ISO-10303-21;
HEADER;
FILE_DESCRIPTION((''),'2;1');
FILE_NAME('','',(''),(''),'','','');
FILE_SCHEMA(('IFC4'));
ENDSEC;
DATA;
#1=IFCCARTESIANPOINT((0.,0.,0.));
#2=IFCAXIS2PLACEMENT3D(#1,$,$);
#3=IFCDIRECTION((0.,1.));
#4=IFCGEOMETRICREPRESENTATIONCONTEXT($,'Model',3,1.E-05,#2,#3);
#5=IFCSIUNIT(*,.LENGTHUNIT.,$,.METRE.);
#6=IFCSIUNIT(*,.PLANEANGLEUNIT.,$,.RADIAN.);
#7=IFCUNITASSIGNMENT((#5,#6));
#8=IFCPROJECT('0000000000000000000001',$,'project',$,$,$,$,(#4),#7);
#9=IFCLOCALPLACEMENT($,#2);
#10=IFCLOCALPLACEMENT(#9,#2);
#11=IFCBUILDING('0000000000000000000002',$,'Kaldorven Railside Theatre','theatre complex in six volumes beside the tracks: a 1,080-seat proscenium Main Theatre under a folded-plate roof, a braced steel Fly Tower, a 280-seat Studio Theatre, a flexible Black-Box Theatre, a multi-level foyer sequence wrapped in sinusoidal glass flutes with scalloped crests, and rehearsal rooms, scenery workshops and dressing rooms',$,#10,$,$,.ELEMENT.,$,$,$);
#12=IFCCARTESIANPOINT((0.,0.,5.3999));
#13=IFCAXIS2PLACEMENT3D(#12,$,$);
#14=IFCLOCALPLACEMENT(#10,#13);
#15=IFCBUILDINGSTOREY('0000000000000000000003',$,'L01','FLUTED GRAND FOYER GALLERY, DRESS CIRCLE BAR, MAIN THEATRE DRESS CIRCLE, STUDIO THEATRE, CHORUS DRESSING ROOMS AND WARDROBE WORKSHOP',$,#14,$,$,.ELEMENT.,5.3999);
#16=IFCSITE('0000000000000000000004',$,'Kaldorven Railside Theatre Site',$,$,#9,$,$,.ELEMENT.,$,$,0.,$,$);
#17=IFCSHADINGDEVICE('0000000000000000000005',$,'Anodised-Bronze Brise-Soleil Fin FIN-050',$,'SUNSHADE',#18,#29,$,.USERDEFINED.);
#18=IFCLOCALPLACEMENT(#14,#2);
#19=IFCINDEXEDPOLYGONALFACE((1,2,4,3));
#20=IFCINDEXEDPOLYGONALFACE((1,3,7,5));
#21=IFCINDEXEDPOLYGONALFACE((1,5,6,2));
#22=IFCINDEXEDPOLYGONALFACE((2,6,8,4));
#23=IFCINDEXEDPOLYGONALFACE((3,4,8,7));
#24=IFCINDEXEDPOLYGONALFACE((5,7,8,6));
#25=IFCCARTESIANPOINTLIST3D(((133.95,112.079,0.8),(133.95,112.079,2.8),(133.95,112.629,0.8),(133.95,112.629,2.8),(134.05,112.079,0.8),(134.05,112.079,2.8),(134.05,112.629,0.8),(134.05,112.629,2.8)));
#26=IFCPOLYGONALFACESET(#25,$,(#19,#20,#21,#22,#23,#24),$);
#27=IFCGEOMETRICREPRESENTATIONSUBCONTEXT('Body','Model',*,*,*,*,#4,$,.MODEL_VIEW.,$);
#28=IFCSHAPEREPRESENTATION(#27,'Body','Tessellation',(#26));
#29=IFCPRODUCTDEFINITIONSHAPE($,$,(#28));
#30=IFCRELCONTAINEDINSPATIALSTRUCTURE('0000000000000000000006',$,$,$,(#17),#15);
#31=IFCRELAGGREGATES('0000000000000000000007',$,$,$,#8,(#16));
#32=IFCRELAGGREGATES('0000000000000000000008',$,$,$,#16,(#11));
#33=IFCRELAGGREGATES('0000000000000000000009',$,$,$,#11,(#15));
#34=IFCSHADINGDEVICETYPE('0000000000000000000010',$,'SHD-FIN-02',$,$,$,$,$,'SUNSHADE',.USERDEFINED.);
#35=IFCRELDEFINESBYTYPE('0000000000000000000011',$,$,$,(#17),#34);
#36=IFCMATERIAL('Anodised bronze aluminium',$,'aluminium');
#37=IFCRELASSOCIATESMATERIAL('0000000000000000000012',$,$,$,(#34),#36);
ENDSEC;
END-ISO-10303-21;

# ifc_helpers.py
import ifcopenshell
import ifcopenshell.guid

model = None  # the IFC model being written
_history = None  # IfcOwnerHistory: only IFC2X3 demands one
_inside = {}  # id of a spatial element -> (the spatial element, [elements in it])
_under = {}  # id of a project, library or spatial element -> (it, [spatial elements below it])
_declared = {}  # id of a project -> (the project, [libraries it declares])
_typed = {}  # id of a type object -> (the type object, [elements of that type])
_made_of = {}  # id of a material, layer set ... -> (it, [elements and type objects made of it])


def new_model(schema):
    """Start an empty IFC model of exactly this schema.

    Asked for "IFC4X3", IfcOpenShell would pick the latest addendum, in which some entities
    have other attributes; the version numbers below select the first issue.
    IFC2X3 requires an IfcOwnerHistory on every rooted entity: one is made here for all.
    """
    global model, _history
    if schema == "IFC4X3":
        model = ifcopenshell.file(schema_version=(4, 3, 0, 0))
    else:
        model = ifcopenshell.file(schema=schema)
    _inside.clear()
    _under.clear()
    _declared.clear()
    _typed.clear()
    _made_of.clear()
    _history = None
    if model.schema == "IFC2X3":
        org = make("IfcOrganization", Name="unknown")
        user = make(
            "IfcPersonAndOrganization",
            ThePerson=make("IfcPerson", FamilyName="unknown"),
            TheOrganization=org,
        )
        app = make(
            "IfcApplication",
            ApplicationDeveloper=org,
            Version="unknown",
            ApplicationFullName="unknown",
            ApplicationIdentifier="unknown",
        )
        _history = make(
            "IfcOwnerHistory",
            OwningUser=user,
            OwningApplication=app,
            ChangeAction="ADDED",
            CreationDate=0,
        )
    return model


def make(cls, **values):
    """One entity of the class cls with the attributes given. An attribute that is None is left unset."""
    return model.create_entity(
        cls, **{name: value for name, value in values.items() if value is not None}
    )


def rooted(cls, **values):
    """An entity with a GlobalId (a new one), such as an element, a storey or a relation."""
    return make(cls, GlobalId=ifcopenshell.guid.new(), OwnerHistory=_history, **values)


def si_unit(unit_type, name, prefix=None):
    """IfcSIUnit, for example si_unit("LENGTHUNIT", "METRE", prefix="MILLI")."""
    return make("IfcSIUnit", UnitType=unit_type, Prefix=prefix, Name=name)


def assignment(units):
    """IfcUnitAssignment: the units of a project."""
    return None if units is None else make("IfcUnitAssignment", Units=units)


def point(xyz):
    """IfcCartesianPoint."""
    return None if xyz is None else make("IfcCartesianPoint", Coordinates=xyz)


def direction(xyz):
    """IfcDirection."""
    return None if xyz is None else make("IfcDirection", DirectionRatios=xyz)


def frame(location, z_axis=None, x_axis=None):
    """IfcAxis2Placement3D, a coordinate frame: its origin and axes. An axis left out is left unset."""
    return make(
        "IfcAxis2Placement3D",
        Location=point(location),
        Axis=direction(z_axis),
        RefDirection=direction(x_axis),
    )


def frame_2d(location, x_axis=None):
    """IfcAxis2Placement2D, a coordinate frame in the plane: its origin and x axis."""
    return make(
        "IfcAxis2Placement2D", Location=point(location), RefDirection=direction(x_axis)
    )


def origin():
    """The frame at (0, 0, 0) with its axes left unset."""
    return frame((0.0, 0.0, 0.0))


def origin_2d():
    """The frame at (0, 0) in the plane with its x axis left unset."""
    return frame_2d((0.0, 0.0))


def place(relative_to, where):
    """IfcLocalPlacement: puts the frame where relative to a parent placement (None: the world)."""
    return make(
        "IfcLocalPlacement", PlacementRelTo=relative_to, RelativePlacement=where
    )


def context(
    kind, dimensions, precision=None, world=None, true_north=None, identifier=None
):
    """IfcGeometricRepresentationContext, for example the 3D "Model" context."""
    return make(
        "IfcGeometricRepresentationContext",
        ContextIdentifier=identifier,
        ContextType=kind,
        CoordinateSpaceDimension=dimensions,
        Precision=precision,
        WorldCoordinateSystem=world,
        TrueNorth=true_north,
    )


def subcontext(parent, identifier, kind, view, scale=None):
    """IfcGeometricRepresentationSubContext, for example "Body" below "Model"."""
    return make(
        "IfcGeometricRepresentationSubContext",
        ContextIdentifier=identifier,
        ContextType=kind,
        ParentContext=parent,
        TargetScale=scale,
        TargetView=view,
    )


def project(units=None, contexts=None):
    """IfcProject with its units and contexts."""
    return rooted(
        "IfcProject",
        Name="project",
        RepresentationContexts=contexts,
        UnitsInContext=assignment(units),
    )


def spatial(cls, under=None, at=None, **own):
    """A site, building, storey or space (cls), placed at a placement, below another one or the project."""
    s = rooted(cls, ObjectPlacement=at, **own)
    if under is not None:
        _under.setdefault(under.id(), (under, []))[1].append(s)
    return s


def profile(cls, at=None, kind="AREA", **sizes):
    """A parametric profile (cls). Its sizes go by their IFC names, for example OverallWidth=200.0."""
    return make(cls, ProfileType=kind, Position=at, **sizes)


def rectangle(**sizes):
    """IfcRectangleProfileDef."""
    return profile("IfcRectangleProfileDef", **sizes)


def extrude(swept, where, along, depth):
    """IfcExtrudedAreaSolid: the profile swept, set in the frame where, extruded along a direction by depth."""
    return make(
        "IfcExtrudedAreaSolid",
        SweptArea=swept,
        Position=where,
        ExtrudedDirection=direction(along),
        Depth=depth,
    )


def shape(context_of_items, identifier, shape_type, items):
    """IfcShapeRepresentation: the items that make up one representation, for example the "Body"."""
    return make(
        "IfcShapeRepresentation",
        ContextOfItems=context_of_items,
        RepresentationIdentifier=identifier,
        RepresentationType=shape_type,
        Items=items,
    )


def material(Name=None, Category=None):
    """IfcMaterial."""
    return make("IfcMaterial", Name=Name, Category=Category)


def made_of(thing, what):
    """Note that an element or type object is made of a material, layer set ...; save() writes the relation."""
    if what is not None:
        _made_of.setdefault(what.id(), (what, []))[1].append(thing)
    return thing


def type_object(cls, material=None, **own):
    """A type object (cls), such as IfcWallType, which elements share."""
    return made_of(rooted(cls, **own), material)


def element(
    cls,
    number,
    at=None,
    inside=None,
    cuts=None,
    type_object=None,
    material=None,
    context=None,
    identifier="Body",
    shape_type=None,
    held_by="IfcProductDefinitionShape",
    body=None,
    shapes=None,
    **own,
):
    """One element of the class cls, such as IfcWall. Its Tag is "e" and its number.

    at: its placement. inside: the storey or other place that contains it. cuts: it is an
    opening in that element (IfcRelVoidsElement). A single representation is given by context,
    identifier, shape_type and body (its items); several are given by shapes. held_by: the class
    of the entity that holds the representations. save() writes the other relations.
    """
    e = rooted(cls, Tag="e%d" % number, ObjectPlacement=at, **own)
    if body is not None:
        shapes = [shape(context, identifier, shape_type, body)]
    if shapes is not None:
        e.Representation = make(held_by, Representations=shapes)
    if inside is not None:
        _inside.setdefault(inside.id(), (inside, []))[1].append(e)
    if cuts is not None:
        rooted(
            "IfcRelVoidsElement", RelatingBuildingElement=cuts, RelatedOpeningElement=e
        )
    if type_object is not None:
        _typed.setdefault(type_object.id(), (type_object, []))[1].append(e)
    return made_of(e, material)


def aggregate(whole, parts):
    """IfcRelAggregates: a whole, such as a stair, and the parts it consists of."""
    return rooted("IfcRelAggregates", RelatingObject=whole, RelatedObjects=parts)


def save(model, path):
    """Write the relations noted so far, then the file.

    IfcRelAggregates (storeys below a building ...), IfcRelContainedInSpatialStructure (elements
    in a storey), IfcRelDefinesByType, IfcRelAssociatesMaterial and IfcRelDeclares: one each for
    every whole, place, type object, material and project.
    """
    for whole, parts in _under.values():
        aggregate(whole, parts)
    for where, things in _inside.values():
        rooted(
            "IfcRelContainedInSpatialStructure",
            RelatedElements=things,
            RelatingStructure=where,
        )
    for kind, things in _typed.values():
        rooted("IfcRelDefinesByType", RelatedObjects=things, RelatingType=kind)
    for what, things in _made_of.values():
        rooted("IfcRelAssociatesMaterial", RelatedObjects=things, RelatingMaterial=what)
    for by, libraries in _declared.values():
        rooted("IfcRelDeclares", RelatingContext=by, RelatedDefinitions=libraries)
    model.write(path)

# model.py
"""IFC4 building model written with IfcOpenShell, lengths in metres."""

from ifc_helpers import new_model, si_unit, direction, frame, origin, origin_2d, place, context, subcontext, project, spatial, rectangle, extrude, material, type_object, element, save


model = new_model("IFC4")

# Units and contexts
model_context = context("Model", 3, precision=1e-05, world=origin(), true_north=direction((0.0, 1.0)))
body_context = subcontext(model_context, "Body", "Model", "MODEL_VIEW")
ifc_project = project(units=[si_unit("LENGTHUNIT", "METRE"), si_unit("PLANEANGLEUNIT", "RADIAN")], contexts=[model_context])

# Site, building, storey
site_placement = place(None, origin())
site = spatial("IfcSite", under=ifc_project, at=site_placement, Name="Kaldorven Railside Theatre Site", CompositionType="ELEMENT", RefElevation=0.0)
building_placement = place(site_placement, origin())
building = spatial("IfcBuilding", under=site, at=building_placement, Name="Kaldorven Railside Theatre", Description="theatre complex in six volumes beside the tracks: a 1,080-seat proscenium Main Theatre under a folded-plate roof, a braced steel Fly Tower, a 280-seat Studio Theatre, a flexible Black-Box Theatre, a multi-level foyer sequence wrapped in sinusoidal glass flutes with scalloped crests, and rehearsal rooms, scenery workshops and dressing rooms", CompositionType="ELEMENT")
storey_placement = place(building_placement, frame((0.0, 0.0, 5.3999)))
storey = spatial("IfcBuildingStorey", under=building, at=storey_placement, Name="L01", Description="FLUTED GRAND FOYER GALLERY, DRESS CIRCLE BAR, MAIN THEATRE DRESS CIRCLE, STUDIO THEATRE, CHORUS DRESSING ROOMS AND WARDROBE WORKSHOP", CompositionType="ELEMENT", Elevation=5.3999)

# Shading device
ifc_material_1 = material(Name="Anodised bronze aluminium", Category="aluminium")
shading_device_type_1 = type_object("IfcShadingDeviceType", Name="SHD-FIN-02", ElementType="SUNSHADE", PredefinedType="USERDEFINED", material=ifc_material_1)
shading_device_1_placement = place(storey_placement, frame((134.0, 112.354, 0.8), z_axis=(0.0, 0.0, 1.0), x_axis=(-1.0, 0.0, 0.0)))
element("IfcShadingDevice", 1, at=shading_device_1_placement, inside=storey, type_object=shading_device_type_1, Name="Anodised-Bronze Brise-Soleil Fin FIN-050", ObjectType="SUNSHADE", PredefinedType="USERDEFINED", context=body_context, shape_type="SweptSolid", body=[
    extrude(rectangle(XDim=0.1001, YDim=0.55, at=origin_2d()), origin(), (0.0, 0.0, 1.0), 2.0),
])

save(model, "model.ifc")
